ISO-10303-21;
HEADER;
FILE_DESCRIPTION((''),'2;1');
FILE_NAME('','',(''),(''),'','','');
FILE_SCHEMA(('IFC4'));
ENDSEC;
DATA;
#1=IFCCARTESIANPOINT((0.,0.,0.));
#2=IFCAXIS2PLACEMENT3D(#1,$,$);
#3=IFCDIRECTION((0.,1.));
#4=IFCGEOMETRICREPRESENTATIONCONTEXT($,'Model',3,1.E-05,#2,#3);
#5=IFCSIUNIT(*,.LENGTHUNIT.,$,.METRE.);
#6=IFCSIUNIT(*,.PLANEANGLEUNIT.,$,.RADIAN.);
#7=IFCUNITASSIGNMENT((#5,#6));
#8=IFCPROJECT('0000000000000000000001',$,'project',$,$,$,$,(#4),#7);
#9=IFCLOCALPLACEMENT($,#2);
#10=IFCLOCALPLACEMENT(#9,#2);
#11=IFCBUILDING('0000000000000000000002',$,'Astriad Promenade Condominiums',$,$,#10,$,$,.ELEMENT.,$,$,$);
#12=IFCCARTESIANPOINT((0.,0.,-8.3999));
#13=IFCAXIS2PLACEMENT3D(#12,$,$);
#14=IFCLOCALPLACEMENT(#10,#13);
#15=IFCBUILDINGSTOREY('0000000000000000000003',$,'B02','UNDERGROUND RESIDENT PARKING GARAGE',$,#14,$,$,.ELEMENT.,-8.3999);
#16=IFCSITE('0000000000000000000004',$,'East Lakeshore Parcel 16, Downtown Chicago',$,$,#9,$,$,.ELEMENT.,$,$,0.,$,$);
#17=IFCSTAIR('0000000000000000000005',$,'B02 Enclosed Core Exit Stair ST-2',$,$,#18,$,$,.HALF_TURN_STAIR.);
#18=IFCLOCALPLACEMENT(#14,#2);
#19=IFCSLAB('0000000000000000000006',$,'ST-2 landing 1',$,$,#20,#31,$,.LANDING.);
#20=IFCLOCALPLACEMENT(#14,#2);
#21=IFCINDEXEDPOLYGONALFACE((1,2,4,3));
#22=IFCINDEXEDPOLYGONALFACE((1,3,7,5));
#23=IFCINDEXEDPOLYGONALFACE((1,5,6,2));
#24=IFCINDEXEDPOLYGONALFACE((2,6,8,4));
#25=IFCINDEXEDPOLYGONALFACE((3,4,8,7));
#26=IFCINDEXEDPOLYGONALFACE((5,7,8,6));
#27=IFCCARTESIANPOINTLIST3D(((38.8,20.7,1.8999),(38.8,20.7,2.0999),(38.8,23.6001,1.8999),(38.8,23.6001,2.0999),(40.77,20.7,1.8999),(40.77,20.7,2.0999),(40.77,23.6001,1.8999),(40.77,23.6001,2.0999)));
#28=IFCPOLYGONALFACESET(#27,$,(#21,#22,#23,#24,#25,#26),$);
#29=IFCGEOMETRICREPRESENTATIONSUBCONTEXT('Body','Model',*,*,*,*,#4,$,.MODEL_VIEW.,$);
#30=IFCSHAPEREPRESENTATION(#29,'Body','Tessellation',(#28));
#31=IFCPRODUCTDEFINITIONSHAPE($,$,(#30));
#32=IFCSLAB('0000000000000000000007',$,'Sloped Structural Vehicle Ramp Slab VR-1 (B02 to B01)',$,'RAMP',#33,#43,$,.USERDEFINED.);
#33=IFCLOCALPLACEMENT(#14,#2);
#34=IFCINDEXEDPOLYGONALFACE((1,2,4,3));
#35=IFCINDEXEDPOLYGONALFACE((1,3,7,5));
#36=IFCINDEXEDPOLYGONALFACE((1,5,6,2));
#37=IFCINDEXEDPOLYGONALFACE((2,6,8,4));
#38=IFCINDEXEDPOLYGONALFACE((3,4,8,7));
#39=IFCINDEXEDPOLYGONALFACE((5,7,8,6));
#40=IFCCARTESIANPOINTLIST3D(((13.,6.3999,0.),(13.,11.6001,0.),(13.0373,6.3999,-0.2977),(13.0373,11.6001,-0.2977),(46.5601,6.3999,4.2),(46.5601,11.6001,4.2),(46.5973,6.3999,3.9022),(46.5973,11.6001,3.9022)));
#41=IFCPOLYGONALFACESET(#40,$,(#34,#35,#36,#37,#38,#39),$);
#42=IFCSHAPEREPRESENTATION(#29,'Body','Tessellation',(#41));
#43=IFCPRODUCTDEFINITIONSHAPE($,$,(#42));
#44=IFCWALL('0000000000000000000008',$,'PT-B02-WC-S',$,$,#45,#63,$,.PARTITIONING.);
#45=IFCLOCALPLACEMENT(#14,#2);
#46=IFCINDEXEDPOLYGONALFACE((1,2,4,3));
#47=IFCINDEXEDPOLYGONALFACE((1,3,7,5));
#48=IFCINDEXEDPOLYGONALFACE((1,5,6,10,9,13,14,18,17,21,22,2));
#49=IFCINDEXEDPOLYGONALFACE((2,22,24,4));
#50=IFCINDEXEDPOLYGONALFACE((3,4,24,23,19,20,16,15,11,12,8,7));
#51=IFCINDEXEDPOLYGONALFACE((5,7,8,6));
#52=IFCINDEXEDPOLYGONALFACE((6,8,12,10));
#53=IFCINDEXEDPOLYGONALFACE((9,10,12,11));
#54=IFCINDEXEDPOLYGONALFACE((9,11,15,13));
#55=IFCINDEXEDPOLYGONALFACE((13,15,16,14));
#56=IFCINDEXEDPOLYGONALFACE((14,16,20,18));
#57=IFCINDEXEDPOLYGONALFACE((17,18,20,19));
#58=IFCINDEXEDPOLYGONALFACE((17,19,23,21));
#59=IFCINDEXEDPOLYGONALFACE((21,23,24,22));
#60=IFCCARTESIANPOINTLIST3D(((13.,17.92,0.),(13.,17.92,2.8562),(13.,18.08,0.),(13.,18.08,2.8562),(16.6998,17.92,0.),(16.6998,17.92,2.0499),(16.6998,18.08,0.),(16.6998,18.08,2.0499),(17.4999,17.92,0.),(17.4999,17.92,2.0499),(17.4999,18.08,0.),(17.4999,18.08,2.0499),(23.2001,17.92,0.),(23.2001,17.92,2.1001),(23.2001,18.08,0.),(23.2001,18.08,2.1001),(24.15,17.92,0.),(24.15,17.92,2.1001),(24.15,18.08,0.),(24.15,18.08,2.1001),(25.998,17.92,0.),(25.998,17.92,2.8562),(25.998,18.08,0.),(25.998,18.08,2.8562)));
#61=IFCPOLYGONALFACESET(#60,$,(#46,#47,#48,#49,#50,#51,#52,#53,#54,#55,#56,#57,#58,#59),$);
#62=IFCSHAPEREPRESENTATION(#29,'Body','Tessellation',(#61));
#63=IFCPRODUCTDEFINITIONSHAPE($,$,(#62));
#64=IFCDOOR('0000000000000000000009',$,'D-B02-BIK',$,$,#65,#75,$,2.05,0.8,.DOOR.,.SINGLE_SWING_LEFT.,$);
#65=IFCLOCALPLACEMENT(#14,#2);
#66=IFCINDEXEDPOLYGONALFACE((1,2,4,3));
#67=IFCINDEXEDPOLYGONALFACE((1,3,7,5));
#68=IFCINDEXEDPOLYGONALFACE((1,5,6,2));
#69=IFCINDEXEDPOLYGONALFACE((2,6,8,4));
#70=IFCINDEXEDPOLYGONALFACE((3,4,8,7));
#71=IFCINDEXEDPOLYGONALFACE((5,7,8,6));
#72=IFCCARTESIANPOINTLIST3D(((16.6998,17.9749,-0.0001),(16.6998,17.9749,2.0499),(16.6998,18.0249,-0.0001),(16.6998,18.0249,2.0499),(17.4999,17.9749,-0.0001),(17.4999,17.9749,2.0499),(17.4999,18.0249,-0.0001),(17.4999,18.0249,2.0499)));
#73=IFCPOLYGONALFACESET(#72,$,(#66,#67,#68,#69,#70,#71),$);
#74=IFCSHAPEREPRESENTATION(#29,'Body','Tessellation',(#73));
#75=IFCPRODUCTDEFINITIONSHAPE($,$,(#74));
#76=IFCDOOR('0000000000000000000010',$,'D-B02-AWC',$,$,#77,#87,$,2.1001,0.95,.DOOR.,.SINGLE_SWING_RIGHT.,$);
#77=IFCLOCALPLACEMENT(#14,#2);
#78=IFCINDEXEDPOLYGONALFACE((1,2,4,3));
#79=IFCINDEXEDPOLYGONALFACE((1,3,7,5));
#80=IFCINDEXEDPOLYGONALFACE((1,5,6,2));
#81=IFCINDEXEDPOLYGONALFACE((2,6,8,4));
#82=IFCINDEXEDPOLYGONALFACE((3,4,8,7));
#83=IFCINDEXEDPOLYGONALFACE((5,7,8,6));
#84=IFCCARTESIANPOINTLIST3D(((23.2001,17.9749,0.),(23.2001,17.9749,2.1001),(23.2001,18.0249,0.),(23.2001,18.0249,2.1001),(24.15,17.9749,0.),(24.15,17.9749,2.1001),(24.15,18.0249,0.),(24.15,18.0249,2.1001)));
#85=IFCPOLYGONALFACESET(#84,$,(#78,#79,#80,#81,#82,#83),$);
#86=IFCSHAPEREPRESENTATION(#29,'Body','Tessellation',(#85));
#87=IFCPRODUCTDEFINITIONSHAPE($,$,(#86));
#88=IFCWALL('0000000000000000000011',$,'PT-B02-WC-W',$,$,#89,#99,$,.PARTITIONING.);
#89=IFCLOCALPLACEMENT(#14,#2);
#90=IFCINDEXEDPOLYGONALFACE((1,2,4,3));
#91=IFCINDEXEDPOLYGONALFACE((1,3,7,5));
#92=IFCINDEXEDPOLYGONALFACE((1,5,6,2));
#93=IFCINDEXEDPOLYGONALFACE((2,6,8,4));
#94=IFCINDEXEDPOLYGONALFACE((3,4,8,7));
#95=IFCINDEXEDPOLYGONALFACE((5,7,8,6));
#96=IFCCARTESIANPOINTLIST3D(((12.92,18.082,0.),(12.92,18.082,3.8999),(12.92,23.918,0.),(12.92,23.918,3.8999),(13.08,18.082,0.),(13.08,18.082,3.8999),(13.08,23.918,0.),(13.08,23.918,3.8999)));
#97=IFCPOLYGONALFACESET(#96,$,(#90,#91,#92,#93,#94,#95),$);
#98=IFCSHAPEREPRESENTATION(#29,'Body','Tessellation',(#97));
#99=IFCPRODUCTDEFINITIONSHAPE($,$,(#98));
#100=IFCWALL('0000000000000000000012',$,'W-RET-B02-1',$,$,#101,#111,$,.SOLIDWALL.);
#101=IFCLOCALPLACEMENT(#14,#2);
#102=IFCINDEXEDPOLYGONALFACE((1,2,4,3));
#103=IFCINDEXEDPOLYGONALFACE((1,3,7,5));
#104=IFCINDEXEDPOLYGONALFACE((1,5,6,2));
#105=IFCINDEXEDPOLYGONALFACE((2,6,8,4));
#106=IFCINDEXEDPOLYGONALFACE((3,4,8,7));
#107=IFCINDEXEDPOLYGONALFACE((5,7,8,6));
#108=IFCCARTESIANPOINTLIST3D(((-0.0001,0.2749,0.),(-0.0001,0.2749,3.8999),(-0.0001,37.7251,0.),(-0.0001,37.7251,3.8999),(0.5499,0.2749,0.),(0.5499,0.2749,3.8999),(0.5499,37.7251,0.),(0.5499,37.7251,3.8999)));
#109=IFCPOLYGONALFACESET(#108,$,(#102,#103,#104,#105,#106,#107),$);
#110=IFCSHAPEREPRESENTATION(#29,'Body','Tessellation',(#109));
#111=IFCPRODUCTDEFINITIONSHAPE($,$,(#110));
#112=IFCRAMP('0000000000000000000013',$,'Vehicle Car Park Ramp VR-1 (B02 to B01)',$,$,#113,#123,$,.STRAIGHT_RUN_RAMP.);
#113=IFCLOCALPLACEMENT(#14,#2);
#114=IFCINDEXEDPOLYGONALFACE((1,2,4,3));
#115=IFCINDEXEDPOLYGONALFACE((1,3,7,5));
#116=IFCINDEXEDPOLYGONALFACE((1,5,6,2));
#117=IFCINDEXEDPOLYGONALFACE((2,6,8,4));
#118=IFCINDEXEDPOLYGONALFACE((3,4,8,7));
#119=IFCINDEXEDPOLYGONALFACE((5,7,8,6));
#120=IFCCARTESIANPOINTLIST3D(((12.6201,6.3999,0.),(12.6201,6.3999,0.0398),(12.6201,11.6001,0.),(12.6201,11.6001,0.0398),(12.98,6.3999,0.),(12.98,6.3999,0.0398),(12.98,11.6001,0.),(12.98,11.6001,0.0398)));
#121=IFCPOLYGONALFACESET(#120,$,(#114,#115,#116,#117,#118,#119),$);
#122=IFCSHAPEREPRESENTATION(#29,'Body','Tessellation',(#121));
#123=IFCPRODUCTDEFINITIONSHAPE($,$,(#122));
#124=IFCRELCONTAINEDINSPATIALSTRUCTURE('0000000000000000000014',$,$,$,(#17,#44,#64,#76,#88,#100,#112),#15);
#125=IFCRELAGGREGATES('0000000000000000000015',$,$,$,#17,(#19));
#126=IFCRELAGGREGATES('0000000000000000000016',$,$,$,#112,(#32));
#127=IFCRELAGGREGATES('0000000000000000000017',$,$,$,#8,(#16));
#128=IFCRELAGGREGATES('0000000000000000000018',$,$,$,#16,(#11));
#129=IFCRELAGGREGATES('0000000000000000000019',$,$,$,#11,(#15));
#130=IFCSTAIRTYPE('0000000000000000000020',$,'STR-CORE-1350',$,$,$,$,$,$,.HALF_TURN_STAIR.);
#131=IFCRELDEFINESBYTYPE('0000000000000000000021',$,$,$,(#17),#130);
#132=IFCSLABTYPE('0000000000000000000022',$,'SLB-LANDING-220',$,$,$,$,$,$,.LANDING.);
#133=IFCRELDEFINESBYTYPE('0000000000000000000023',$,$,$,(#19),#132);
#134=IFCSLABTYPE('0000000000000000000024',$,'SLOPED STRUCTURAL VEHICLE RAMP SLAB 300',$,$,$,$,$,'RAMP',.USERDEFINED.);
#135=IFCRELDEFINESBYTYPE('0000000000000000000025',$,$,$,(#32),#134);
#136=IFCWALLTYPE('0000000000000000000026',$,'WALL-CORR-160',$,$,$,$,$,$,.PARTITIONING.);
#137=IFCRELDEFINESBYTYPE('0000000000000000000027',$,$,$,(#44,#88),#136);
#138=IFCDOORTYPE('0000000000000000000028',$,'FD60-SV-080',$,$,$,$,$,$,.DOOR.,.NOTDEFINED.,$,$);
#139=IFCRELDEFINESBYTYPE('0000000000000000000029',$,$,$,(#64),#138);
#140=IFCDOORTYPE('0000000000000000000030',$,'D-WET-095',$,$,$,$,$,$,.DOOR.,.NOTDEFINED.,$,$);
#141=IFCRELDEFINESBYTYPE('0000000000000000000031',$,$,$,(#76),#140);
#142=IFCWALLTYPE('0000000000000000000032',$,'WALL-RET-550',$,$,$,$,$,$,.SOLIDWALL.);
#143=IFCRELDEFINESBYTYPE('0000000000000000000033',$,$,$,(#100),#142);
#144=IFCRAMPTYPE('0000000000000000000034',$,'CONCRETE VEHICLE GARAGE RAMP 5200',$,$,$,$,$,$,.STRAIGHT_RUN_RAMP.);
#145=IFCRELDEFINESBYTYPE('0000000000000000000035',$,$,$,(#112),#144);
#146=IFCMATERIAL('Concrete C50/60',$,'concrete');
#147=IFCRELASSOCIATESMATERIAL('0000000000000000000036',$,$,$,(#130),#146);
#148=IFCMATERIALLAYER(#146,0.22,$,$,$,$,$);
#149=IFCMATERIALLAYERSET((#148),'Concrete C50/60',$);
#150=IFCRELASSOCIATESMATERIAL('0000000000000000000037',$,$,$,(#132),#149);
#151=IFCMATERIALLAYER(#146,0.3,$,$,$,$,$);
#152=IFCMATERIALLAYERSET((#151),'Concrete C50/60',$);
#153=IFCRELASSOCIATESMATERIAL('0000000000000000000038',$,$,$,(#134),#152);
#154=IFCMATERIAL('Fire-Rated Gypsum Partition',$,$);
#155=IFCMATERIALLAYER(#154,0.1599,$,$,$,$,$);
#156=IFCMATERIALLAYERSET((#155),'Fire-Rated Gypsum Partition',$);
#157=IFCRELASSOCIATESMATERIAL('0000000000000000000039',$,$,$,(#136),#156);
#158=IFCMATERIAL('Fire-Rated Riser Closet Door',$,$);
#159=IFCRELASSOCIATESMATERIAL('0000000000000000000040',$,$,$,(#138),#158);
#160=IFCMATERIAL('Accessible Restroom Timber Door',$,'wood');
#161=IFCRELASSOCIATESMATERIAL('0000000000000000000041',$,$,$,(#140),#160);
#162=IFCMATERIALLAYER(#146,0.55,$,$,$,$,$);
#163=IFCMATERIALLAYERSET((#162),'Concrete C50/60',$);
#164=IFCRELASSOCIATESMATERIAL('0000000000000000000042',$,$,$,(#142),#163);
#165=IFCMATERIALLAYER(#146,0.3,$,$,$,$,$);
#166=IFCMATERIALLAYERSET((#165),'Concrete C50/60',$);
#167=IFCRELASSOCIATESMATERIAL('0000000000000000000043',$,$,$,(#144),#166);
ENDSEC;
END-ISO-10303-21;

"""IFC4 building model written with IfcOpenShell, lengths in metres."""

from ifc_helpers import new_model, si_unit, direction, frame, frame_2d, origin, place, context, subcontext, project, spatial, polyline, rectangle, outline, extrude, source, transform, mapped, material, layer, layer_set, type_object, type_shapes, element, fill, aggregate, save


model = new_model("IFC4")

# Units and contexts
model_context = context("Model", 3, precision=1e-05, world=origin(), true_north=direction((0.0, 1.0)))
body_context = subcontext(model_context, "Body", "Model", "MODEL_VIEW")
ifc_project = project(units=[si_unit("LENGTHUNIT", "METRE"), si_unit("PLANEANGLEUNIT", "RADIAN")], contexts=[model_context])

# Site, building, storey
site_placement = place(None, origin())
site = spatial("IfcSite", under=ifc_project, at=site_placement, Name="East Lakeshore Parcel 16, Downtown Chicago", CompositionType="ELEMENT", RefElevation=0.0)
building_placement = place(site_placement, origin())
building = spatial("IfcBuilding", under=site, at=building_placement, Name="Astriad Promenade Condominiums", CompositionType="ELEMENT")
storey_placement = place(building_placement, frame((0.0, 0.0, -8.3999)))
storey = spatial("IfcBuildingStorey", under=building, at=storey_placement, Name="B02", Description="UNDERGROUND RESIDENT PARKING GARAGE", CompositionType="ELEMENT", Elevation=-8.3999)

# Shared definitions
ifc_material_1 = material(Name="Concrete C50/60", Category="concrete")

# Stair, slab
stair_type = type_object("IfcStairType", Name="STR-CORE-1350", PredefinedType="HALF_TURN_STAIR", material=ifc_material_1)
ifc_layer_1 = layer(ifc_material_1, 0.22)
ifc_layer_set_1 = layer_set([ifc_layer_1], Name="Concrete C50/60")
slab_type_1 = type_object("IfcSlabType", Name="SLB-LANDING-220", PredefinedType="LANDING", material=ifc_layer_set_1)
stair_1_placement = place(storey_placement, origin())
stair_1 = element("IfcStair", 1, at=stair_1_placement, inside=storey, type_object=stair_type, Name="B02 Enclosed Core Exit Stair ST-2", PredefinedType="HALF_TURN_STAIR")
slab_1_placement = place(storey_placement, frame((0.0, 0.0, 1.8999)))
slab_1 = element("IfcSlab", 2, at=slab_1_placement, type_object=slab_type_1, Name="ST-2 landing 1", PredefinedType="LANDING", context=body_context, shape_type="SweptSolid", body=[
    extrude(outline(polyline([(40.77, 23.6001), (38.8, 23.6001), (38.8, 20.7), (40.77, 20.7), (40.77, 23.6001)])), origin(), (0.0, 0.0, 1.0), 0.2),
])
aggregate(stair_1, [slab_1])

# Slab
ifc_layer_2 = layer(ifc_material_1, 0.3)
ifc_layer_set_2 = layer_set([ifc_layer_2], Name="Concrete C50/60")
slab_type_2 = type_object("IfcSlabType", Name="SLOPED STRUCTURAL VEHICLE RAMP SLAB 300", ElementType="RAMP", PredefinedType="USERDEFINED", material=ifc_layer_set_2)
slab_2_placement = place(storey_placement, frame((13.0, 6.3999, 0.0), z_axis=(-0.124179, 0.0, 0.99226), x_axis=(0.99226, 0.0, 0.124179)))
slab_2 = element("IfcSlab", 3, at=slab_2_placement, type_object=slab_type_2, Name="Sloped Structural Vehicle Ramp Slab VR-1 (B02 to B01)", ObjectType="RAMP", PredefinedType="USERDEFINED", context=body_context, shape_type="SweptSolid", body=[
    extrude(outline(polyline([(0.0, 0.0), (33.8218, 0.0), (33.8218, 5.2002), (0.0, 5.2002), (0.0, 0.0)])), origin(), (0.0, 0.0, -1.0), 0.3),
])

# Wall, openings, doors
ifc_material_2 = material(Name="Fire-Rated Gypsum Partition")
ifc_layer_3 = layer(ifc_material_2, 0.1599)
ifc_layer_set_3 = layer_set([ifc_layer_3], Name="Fire-Rated Gypsum Partition")
wall_type_1 = type_object("IfcWallType", Name="WALL-CORR-160", PredefinedType="PARTITIONING", material=ifc_layer_set_3)
wall_1_placement = place(storey_placement, frame((13.0, 18.0, 0.0), z_axis=(0.0, 0.0, 1.0), x_axis=(1.0, 0.0, 0.0)))
wall_1 = element("IfcWall", 4, at=wall_1_placement, inside=storey, type_object=wall_type_1, Name="PT-B02-WC-S", PredefinedType="PARTITIONING", context=body_context, shape_type="SweptSolid", body=[
    extrude(rectangle(XDim=12.998, YDim=0.1599, at=frame_2d((6.499, 0.0))), origin(), (0.0, 0.0, 1.0), 2.8562),
])
opening_1_placement = place(wall_1_placement, frame((10.2, 0.0, 0.0)))
opening_1 = element("IfcOpeningElement", 5, at=opening_1_placement, cuts=wall_1, PredefinedType="OPENING", context=body_context, shape_type="SweptSolid", body=[
    extrude(rectangle(XDim=0.95, YDim=2.1001, at=frame_2d((0.4751, 1.05))), frame((0.0, 0.0898, 0.0), z_axis=(0.0, -1.0, 0.0), x_axis=(1.0, 0.0, 0.0)), (0.0, 0.0, 1.0), 0.1799),
])
opening_2_placement = place(wall_1_placement, frame((3.7, 0.0, 0.0)))
opening_2 = element("IfcOpeningElement", 6, at=opening_2_placement, cuts=wall_1, PredefinedType="OPENING", context=body_context, shape_type="SweptSolid", body=[
    extrude(rectangle(XDim=0.8, YDim=2.05, at=frame_2d((0.3999, 1.0249))), frame((0.0, 0.0898, 0.0), z_axis=(0.0, -1.0, 0.0), x_axis=(1.0, 0.0, 0.0)), (0.0, 0.0, 1.0), 0.1799),
])
ifc_material_3 = material(Name="Fire-Rated Riser Closet Door")
door_type_1 = type_object("IfcDoorType", Name="FD60-SV-080", OperationType="NOTDEFINED", PredefinedType="DOOR", material=ifc_material_3)
shared_shape_1 = source(origin(), body_context, "Body", "SweptSolid", [
    extrude(rectangle(XDim=0.8, YDim=2.05, at=frame_2d((0.3999, 1.0249))), frame((0.0, 0.0249, 0.0), z_axis=(0.0, -1.0, 0.0), x_axis=(1.0, 0.0, 0.0)), (0.0, 0.0, 1.0), 0.05),
])
type_shapes(door_type_1, [shared_shape_1])
door_1_placement = place(opening_2_placement, origin())
door_1 = element("IfcDoor", 7, at=door_1_placement, inside=storey, type_object=door_type_1, Name="D-B02-BIK", OperationType="SINGLE_SWING_LEFT", OverallHeight=2.05, OverallWidth=0.8, PredefinedType="DOOR", context=body_context, shape_type="MappedRepresentation", body=[
    mapped(shared_shape_1, transform((0.0, 0.0, 0.0), scale=1.0)),
])
fill(opening_2, door_1)
ifc_material_4 = material(Name="Accessible Restroom Timber Door", Category="wood")
door_type_2 = type_object("IfcDoorType", Name="D-WET-095", OperationType="NOTDEFINED", PredefinedType="DOOR", material=ifc_material_4)
shared_shape_2 = source(origin(), body_context, "Body", "SweptSolid", [
    extrude(rectangle(XDim=0.95, YDim=2.1001, at=frame_2d((0.4751, 1.05))), frame((0.0, 0.0249, 0.0), z_axis=(0.0, -1.0, 0.0), x_axis=(1.0, 0.0, 0.0)), (0.0, 0.0, 1.0), 0.05),
])
type_shapes(door_type_2, [shared_shape_2])
door_2_placement = place(opening_1_placement, origin())
door_2 = element("IfcDoor", 8, at=door_2_placement, inside=storey, type_object=door_type_2, Name="D-B02-AWC", OperationType="SINGLE_SWING_RIGHT", OverallHeight=2.1001, OverallWidth=0.95, PredefinedType="DOOR", context=body_context, shape_type="MappedRepresentation", body=[
    mapped(shared_shape_2, transform((0.0, 0.0, 0.0), scale=1.0)),
])
fill(opening_1, door_2)

# Walls
wall_2_placement = place(storey_placement, frame((13.0, 18.082, 0.0), z_axis=(0.0, 0.0, 1.0), x_axis=(0.0, 1.0, 0.0)))
element("IfcWall", 9, at=wall_2_placement, inside=storey, type_object=wall_type_1, Name="PT-B02-WC-W", PredefinedType="PARTITIONING", context=body_context, shape_type="SweptSolid", body=[
    extrude(rectangle(XDim=5.8359, YDim=0.1599, at=frame_2d((2.918, 0.0))), origin(), (0.0, 0.0, 1.0), 3.8999),
])
ifc_layer_4 = layer(ifc_material_1, 0.55)
ifc_layer_set_4 = layer_set([ifc_layer_4], Name="Concrete C50/60")
wall_type_2 = type_object("IfcWallType", Name="WALL-RET-550", PredefinedType="SOLIDWALL", material=ifc_layer_set_4)
wall_3_placement = place(storey_placement, frame((0.2749, 0.2749, 0.0), z_axis=(0.0, 0.0, 1.0), x_axis=(0.0, 1.0, 0.0)))
element("IfcWall", 10, at=wall_3_placement, inside=storey, type_object=wall_type_2, Name="W-RET-B02-1", PredefinedType="SOLIDWALL", context=body_context, shape_type="SweptSolid", body=[
    extrude(rectangle(XDim=37.4502, YDim=0.55, at=frame_2d((18.7251, 0.0))), origin(), (0.0, 0.0, 1.0), 3.8999),
])

# Ramp
ifc_layer_5 = layer(ifc_material_1, 0.3)
ifc_layer_set_5 = layer_set([ifc_layer_5], Name="Concrete C50/60")
ramp_type = type_object("IfcRampType", Name="CONCRETE VEHICLE GARAGE RAMP 5200", PredefinedType="STRAIGHT_RUN_RAMP", material=ifc_layer_set_5)
ramp_placement = place(storey_placement, origin())
ramp = element("IfcRamp", 11, at=ramp_placement, inside=storey, type_object=ramp_type, Name="Vehicle Car Park Ramp VR-1 (B02 to B01)", PredefinedType="STRAIGHT_RUN_RAMP", context=body_context, shape_type="SweptSolid", body=[
    extrude(outline(polyline([(12.6201, 6.3999), (12.98, 6.3999), (12.98, 11.6001), (12.6201, 11.6001), (12.6201, 6.3999)])), origin(), (0.0, 0.0, 1.0), 0.0398),
])
aggregate(ramp, [slab_2])

save(model, "model.ifc")
